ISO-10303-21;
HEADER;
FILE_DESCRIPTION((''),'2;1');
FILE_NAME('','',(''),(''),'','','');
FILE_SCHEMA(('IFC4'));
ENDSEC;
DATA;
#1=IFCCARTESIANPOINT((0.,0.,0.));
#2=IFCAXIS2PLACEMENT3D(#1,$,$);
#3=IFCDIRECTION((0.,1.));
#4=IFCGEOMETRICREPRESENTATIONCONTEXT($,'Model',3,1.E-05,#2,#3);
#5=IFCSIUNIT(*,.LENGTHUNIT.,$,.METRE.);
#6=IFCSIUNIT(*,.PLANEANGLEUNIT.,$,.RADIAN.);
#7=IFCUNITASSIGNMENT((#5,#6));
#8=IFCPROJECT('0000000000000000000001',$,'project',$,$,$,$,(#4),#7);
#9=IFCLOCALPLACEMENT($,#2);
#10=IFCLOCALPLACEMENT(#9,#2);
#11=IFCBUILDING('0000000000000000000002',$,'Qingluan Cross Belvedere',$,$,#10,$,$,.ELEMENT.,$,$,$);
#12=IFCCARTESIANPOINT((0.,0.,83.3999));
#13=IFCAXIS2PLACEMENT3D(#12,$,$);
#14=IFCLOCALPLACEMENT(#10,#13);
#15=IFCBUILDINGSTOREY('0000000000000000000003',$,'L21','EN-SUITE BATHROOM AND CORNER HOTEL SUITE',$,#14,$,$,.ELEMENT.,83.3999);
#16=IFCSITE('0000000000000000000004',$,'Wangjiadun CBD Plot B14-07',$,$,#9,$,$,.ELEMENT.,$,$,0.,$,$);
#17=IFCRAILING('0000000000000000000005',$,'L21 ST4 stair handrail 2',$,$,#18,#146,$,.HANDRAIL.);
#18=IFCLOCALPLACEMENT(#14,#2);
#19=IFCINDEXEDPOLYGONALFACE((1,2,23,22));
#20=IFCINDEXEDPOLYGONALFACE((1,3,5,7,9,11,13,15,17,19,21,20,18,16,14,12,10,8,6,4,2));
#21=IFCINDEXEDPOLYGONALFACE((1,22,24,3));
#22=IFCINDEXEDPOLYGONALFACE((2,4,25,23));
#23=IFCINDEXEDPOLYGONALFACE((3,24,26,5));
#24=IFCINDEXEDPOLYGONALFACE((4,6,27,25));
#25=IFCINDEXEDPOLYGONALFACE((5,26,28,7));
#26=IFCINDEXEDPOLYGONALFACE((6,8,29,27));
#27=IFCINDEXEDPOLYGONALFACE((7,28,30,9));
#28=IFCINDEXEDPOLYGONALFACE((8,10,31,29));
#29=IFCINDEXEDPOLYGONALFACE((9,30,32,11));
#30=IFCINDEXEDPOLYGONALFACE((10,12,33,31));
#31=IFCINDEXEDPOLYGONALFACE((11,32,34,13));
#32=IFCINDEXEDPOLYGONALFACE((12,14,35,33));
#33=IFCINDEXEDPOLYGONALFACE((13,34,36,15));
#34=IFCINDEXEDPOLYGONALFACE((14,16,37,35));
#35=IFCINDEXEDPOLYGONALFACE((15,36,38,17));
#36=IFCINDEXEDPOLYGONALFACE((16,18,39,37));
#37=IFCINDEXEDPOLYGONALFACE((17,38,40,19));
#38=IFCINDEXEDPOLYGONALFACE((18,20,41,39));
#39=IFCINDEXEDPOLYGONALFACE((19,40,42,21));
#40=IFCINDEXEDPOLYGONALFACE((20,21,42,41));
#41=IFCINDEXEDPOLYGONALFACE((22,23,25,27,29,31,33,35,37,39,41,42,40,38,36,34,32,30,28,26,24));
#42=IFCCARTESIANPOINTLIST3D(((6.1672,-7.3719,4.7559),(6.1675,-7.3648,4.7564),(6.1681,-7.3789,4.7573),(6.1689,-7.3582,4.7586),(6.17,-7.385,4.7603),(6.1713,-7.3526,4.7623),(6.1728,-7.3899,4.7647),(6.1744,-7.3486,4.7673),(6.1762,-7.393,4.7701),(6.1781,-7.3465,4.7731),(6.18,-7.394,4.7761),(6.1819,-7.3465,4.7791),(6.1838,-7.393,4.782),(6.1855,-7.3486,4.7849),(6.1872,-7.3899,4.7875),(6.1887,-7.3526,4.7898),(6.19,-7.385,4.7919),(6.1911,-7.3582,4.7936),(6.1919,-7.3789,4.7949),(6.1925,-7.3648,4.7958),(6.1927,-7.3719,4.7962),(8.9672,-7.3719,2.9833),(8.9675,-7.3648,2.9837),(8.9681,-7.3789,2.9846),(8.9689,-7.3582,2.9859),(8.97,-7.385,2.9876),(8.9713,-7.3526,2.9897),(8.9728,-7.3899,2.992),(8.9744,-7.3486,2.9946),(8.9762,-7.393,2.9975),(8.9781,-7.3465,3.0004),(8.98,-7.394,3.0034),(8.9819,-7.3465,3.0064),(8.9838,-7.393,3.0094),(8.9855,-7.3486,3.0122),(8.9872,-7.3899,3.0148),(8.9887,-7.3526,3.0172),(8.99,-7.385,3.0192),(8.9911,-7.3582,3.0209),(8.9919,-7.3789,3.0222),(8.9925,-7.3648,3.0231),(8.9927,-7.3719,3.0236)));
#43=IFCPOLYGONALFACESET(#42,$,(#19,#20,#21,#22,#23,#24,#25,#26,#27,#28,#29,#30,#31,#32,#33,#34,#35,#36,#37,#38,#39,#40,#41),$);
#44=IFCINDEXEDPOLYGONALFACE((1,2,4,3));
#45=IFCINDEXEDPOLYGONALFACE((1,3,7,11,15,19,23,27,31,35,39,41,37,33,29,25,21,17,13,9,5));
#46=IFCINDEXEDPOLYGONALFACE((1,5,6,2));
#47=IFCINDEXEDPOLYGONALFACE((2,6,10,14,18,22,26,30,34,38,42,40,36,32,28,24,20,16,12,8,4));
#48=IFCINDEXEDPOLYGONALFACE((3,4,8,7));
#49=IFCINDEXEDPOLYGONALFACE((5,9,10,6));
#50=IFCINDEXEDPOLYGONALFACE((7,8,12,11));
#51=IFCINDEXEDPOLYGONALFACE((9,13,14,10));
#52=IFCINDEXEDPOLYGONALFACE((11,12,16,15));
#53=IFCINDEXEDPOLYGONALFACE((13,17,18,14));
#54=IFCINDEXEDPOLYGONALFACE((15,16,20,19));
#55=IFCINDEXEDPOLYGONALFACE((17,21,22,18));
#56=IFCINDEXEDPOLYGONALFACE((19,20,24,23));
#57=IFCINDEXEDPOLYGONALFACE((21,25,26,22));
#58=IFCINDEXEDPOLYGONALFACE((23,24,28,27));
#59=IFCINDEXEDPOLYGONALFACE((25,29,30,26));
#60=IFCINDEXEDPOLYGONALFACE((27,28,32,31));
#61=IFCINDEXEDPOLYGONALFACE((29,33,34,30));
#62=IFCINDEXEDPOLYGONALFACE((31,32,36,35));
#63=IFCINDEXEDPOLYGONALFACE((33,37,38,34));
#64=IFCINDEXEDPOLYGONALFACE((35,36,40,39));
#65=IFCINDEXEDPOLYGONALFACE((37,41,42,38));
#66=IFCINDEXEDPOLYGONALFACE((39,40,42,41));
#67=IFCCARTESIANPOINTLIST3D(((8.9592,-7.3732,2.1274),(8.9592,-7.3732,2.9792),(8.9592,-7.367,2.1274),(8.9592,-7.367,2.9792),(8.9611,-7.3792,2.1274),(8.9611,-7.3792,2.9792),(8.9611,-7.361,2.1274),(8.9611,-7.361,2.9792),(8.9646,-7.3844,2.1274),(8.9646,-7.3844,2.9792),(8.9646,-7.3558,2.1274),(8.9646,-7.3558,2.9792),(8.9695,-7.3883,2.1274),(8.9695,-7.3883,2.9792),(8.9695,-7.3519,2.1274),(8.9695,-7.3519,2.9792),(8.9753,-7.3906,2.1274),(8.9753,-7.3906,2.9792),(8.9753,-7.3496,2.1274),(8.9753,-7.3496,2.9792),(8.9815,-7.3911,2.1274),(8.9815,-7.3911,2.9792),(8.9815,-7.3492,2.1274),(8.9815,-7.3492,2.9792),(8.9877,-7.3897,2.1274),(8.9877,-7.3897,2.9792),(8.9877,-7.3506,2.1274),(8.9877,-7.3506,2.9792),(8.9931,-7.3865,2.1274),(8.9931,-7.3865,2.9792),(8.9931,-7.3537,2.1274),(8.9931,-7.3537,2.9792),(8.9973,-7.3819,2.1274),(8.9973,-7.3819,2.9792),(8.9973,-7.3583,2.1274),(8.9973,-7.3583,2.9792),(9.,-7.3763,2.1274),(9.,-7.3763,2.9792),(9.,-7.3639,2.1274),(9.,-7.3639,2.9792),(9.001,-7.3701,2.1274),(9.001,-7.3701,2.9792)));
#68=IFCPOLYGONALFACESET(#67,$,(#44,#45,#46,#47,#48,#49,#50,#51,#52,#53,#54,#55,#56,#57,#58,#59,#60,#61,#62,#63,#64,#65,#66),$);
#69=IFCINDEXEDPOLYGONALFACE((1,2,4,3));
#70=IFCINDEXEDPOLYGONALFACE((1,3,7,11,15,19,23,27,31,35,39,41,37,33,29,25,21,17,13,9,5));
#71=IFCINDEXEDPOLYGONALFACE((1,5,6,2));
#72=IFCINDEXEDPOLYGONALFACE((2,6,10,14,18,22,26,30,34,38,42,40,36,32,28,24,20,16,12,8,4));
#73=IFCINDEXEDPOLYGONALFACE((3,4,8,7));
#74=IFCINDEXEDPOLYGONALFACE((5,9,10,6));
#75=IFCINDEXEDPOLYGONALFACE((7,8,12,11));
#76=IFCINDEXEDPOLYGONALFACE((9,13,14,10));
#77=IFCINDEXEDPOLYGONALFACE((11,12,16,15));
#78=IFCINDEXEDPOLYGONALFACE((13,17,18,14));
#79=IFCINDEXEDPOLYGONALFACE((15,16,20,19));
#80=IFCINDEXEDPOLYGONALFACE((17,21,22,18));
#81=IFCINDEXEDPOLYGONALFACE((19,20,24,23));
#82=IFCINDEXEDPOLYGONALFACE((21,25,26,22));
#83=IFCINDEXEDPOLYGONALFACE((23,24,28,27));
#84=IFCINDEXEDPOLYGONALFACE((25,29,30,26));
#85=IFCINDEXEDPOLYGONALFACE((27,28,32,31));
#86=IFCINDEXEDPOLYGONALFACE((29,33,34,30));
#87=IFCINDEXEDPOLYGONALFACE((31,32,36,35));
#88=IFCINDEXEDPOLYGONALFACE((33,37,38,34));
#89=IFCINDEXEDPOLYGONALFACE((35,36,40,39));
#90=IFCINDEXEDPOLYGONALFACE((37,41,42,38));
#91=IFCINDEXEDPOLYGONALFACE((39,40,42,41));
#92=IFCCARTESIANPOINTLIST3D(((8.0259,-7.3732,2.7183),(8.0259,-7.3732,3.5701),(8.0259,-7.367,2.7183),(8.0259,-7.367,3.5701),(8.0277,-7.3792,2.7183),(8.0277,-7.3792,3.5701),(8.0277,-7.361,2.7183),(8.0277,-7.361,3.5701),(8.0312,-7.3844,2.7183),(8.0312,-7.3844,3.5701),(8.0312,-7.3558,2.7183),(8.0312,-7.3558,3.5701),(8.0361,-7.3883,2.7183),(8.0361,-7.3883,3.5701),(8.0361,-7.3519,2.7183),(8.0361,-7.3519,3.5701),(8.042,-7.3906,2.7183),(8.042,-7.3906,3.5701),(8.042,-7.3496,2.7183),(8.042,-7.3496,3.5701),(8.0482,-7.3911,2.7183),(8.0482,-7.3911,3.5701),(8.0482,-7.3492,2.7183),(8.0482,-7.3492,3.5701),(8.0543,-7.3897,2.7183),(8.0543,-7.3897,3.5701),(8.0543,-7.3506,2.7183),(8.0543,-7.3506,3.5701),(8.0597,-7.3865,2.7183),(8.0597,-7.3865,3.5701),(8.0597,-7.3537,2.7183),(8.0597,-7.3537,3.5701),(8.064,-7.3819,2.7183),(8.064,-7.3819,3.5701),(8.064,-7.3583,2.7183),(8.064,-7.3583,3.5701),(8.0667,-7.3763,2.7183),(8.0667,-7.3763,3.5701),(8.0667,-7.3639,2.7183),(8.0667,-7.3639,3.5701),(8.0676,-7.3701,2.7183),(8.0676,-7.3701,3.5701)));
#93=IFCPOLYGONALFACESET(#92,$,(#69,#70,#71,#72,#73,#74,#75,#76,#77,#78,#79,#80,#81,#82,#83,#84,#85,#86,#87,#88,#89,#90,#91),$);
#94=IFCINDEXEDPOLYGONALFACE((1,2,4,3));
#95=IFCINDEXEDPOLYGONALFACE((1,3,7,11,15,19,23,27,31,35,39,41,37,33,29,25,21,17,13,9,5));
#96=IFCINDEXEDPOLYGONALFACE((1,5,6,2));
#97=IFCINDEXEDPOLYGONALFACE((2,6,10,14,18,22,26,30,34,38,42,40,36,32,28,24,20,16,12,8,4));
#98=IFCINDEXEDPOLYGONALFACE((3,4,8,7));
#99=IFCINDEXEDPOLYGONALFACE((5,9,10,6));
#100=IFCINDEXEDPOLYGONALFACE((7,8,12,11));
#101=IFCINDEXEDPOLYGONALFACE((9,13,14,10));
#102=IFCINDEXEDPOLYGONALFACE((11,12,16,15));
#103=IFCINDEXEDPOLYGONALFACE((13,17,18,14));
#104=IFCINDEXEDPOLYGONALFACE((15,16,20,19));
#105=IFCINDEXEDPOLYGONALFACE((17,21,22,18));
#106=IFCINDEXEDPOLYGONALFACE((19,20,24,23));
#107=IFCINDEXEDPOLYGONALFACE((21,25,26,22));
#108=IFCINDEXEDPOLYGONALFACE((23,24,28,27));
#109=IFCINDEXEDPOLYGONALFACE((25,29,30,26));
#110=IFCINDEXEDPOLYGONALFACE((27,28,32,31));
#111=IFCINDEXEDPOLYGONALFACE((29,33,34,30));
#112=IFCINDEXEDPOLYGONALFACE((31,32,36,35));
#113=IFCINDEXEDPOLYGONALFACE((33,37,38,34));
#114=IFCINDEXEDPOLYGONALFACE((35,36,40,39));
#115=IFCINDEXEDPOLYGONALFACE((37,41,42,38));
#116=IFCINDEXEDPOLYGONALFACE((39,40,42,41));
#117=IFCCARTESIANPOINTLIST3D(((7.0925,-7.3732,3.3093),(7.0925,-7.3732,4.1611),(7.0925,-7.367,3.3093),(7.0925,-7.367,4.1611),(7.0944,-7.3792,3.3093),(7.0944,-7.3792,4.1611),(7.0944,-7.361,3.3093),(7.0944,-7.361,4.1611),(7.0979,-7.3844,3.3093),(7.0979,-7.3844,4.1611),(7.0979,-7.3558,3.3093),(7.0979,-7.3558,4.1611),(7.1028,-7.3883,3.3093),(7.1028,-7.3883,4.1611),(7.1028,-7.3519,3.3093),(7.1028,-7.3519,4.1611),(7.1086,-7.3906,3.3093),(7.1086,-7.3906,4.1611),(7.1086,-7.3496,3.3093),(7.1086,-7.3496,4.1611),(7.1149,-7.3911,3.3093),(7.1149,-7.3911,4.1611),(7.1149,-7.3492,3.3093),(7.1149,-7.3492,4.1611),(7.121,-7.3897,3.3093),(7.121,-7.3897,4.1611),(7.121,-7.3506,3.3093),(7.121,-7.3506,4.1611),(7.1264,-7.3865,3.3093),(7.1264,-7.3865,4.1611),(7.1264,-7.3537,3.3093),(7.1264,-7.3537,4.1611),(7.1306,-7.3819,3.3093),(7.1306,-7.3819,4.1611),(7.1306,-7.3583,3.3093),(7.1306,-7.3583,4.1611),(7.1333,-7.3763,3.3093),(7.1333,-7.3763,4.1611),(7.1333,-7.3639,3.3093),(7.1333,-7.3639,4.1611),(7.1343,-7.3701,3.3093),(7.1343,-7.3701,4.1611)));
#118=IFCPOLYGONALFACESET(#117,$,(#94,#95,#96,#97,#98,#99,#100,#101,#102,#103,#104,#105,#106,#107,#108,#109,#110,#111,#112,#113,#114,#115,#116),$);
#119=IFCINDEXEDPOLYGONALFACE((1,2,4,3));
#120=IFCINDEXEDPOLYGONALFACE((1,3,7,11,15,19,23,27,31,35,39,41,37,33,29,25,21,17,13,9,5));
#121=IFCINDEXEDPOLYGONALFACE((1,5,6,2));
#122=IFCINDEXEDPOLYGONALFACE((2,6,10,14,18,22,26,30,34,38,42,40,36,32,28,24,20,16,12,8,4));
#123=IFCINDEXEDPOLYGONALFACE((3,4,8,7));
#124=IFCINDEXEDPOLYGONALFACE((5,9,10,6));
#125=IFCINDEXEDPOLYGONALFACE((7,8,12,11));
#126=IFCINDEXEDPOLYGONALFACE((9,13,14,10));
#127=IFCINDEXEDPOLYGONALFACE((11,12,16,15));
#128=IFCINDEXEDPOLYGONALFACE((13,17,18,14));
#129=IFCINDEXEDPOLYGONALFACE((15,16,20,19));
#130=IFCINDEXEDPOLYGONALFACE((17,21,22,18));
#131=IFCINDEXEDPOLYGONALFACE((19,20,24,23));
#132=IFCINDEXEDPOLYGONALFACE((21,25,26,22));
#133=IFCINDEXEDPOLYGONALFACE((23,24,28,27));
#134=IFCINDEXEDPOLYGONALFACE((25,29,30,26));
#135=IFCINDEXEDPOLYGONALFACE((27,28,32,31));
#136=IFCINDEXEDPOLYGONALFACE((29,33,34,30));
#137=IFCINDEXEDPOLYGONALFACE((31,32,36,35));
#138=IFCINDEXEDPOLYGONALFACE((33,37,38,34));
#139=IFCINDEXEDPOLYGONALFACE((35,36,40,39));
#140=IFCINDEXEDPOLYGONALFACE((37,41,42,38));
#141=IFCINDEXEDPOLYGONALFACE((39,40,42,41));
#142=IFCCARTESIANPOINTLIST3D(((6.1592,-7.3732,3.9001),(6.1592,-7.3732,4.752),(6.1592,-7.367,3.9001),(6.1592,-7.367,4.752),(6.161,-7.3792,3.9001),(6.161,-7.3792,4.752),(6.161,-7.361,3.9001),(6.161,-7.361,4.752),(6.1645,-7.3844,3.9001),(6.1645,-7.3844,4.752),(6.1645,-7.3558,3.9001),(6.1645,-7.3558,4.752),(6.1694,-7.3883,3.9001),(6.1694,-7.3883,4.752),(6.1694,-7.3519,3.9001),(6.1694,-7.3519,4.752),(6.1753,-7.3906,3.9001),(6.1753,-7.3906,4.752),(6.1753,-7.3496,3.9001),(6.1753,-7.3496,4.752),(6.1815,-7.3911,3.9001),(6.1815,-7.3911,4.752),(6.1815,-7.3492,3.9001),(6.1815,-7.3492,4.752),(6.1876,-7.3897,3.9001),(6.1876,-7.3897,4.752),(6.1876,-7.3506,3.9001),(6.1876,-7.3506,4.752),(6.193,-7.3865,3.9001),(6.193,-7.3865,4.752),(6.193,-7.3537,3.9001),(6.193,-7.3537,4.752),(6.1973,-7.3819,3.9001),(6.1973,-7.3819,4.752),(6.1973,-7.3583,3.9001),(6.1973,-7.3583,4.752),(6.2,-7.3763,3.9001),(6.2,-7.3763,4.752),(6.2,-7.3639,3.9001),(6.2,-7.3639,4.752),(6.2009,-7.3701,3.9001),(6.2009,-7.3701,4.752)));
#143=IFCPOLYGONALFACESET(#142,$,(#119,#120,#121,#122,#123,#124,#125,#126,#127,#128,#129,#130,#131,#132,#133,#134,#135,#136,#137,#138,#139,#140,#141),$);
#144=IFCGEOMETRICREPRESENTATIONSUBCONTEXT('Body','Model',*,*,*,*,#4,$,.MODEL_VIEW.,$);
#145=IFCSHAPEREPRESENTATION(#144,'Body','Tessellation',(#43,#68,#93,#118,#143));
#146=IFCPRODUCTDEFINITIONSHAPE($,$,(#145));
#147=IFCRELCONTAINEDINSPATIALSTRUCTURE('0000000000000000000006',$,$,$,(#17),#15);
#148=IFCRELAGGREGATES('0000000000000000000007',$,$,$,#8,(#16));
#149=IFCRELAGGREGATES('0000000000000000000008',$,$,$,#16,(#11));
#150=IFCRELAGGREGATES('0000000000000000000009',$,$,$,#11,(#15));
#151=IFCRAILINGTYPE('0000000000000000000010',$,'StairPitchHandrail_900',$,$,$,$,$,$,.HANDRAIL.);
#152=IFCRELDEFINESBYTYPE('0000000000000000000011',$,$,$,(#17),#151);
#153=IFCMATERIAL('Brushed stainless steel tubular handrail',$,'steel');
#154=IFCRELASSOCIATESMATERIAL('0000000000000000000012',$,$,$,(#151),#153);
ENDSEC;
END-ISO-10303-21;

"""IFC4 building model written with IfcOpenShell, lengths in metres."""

from ifc_helpers import new_model, si_unit, direction, frame, origin, origin_2d, place, context, subcontext, project, spatial, circle, extrude, material, type_object, element, save


model = new_model("IFC4")

# Units and contexts
model_context = context("Model", 3, precision=1e-05, world=origin(), true_north=direction((0.0, 1.0)))
body_context = subcontext(model_context, "Body", "Model", "MODEL_VIEW")
ifc_project = project(units=[si_unit("LENGTHUNIT", "METRE"), si_unit("PLANEANGLEUNIT", "RADIAN")], contexts=[model_context])

# Site, building, storey
site_placement = place(None, origin())
site = spatial("IfcSite", under=ifc_project, at=site_placement, Name="Wangjiadun CBD Plot B14-07", CompositionType="ELEMENT", RefElevation=0.0)
building_placement = place(site_placement, origin())
building = spatial("IfcBuilding", under=site, at=building_placement, Name="Qingluan Cross Belvedere", CompositionType="ELEMENT")
storey_placement = place(building_placement, frame((0.0, 0.0, 83.3999)))
storey = spatial("IfcBuildingStorey", under=building, at=storey_placement, Name="L21", Description="EN-SUITE BATHROOM AND CORNER HOTEL SUITE", CompositionType="ELEMENT", Elevation=83.3999)

# Railing
ifc_material_1 = material(Name="Brushed stainless steel tubular handrail", Category="steel")
railing_type_1 = type_object("IfcRailingType", Name="StairPitchHandrail_900", PredefinedType="HANDRAIL", material=ifc_material_1)
railing_1_placement = place(storey_placement, frame((8.98, -7.3701, 2.1274)))
element("IfcRailing", 1, at=railing_1_placement, inside=storey, type_object=railing_type_1, Name="L21 ST4 stair handrail 2", PredefinedType="HANDRAIL", context=body_context, shape_type="SweptSolid", body=[
    extrude(circle(Radius=0.0239, at=origin_2d()), frame((0.0, 0.0, 0.876), z_axis=(-0.844909, 0.0, 0.53491), x_axis=(0.0, -1.0, 0.0)), (0.0, 0.0, 1.0), 3.314),
    extrude(circle(Radius=0.021, at=origin_2d()), origin(), (0.0, 0.0, 1.0), 0.8518),
    extrude(circle(Radius=0.021, at=origin_2d()), frame((-0.9333, 0.0, 0.5908)), (0.0, 0.0, 1.0), 0.8518),
    extrude(circle(Radius=0.021, at=origin_2d()), frame((-1.8667, 0.0, 1.1819)), (0.0, 0.0, 1.0), 0.8518),
    extrude(circle(Radius=0.021, at=origin_2d()), frame((-2.8, 0.0, 1.7727)), (0.0, 0.0, 1.0), 0.8518),
])

save(model, "model.ifc")
